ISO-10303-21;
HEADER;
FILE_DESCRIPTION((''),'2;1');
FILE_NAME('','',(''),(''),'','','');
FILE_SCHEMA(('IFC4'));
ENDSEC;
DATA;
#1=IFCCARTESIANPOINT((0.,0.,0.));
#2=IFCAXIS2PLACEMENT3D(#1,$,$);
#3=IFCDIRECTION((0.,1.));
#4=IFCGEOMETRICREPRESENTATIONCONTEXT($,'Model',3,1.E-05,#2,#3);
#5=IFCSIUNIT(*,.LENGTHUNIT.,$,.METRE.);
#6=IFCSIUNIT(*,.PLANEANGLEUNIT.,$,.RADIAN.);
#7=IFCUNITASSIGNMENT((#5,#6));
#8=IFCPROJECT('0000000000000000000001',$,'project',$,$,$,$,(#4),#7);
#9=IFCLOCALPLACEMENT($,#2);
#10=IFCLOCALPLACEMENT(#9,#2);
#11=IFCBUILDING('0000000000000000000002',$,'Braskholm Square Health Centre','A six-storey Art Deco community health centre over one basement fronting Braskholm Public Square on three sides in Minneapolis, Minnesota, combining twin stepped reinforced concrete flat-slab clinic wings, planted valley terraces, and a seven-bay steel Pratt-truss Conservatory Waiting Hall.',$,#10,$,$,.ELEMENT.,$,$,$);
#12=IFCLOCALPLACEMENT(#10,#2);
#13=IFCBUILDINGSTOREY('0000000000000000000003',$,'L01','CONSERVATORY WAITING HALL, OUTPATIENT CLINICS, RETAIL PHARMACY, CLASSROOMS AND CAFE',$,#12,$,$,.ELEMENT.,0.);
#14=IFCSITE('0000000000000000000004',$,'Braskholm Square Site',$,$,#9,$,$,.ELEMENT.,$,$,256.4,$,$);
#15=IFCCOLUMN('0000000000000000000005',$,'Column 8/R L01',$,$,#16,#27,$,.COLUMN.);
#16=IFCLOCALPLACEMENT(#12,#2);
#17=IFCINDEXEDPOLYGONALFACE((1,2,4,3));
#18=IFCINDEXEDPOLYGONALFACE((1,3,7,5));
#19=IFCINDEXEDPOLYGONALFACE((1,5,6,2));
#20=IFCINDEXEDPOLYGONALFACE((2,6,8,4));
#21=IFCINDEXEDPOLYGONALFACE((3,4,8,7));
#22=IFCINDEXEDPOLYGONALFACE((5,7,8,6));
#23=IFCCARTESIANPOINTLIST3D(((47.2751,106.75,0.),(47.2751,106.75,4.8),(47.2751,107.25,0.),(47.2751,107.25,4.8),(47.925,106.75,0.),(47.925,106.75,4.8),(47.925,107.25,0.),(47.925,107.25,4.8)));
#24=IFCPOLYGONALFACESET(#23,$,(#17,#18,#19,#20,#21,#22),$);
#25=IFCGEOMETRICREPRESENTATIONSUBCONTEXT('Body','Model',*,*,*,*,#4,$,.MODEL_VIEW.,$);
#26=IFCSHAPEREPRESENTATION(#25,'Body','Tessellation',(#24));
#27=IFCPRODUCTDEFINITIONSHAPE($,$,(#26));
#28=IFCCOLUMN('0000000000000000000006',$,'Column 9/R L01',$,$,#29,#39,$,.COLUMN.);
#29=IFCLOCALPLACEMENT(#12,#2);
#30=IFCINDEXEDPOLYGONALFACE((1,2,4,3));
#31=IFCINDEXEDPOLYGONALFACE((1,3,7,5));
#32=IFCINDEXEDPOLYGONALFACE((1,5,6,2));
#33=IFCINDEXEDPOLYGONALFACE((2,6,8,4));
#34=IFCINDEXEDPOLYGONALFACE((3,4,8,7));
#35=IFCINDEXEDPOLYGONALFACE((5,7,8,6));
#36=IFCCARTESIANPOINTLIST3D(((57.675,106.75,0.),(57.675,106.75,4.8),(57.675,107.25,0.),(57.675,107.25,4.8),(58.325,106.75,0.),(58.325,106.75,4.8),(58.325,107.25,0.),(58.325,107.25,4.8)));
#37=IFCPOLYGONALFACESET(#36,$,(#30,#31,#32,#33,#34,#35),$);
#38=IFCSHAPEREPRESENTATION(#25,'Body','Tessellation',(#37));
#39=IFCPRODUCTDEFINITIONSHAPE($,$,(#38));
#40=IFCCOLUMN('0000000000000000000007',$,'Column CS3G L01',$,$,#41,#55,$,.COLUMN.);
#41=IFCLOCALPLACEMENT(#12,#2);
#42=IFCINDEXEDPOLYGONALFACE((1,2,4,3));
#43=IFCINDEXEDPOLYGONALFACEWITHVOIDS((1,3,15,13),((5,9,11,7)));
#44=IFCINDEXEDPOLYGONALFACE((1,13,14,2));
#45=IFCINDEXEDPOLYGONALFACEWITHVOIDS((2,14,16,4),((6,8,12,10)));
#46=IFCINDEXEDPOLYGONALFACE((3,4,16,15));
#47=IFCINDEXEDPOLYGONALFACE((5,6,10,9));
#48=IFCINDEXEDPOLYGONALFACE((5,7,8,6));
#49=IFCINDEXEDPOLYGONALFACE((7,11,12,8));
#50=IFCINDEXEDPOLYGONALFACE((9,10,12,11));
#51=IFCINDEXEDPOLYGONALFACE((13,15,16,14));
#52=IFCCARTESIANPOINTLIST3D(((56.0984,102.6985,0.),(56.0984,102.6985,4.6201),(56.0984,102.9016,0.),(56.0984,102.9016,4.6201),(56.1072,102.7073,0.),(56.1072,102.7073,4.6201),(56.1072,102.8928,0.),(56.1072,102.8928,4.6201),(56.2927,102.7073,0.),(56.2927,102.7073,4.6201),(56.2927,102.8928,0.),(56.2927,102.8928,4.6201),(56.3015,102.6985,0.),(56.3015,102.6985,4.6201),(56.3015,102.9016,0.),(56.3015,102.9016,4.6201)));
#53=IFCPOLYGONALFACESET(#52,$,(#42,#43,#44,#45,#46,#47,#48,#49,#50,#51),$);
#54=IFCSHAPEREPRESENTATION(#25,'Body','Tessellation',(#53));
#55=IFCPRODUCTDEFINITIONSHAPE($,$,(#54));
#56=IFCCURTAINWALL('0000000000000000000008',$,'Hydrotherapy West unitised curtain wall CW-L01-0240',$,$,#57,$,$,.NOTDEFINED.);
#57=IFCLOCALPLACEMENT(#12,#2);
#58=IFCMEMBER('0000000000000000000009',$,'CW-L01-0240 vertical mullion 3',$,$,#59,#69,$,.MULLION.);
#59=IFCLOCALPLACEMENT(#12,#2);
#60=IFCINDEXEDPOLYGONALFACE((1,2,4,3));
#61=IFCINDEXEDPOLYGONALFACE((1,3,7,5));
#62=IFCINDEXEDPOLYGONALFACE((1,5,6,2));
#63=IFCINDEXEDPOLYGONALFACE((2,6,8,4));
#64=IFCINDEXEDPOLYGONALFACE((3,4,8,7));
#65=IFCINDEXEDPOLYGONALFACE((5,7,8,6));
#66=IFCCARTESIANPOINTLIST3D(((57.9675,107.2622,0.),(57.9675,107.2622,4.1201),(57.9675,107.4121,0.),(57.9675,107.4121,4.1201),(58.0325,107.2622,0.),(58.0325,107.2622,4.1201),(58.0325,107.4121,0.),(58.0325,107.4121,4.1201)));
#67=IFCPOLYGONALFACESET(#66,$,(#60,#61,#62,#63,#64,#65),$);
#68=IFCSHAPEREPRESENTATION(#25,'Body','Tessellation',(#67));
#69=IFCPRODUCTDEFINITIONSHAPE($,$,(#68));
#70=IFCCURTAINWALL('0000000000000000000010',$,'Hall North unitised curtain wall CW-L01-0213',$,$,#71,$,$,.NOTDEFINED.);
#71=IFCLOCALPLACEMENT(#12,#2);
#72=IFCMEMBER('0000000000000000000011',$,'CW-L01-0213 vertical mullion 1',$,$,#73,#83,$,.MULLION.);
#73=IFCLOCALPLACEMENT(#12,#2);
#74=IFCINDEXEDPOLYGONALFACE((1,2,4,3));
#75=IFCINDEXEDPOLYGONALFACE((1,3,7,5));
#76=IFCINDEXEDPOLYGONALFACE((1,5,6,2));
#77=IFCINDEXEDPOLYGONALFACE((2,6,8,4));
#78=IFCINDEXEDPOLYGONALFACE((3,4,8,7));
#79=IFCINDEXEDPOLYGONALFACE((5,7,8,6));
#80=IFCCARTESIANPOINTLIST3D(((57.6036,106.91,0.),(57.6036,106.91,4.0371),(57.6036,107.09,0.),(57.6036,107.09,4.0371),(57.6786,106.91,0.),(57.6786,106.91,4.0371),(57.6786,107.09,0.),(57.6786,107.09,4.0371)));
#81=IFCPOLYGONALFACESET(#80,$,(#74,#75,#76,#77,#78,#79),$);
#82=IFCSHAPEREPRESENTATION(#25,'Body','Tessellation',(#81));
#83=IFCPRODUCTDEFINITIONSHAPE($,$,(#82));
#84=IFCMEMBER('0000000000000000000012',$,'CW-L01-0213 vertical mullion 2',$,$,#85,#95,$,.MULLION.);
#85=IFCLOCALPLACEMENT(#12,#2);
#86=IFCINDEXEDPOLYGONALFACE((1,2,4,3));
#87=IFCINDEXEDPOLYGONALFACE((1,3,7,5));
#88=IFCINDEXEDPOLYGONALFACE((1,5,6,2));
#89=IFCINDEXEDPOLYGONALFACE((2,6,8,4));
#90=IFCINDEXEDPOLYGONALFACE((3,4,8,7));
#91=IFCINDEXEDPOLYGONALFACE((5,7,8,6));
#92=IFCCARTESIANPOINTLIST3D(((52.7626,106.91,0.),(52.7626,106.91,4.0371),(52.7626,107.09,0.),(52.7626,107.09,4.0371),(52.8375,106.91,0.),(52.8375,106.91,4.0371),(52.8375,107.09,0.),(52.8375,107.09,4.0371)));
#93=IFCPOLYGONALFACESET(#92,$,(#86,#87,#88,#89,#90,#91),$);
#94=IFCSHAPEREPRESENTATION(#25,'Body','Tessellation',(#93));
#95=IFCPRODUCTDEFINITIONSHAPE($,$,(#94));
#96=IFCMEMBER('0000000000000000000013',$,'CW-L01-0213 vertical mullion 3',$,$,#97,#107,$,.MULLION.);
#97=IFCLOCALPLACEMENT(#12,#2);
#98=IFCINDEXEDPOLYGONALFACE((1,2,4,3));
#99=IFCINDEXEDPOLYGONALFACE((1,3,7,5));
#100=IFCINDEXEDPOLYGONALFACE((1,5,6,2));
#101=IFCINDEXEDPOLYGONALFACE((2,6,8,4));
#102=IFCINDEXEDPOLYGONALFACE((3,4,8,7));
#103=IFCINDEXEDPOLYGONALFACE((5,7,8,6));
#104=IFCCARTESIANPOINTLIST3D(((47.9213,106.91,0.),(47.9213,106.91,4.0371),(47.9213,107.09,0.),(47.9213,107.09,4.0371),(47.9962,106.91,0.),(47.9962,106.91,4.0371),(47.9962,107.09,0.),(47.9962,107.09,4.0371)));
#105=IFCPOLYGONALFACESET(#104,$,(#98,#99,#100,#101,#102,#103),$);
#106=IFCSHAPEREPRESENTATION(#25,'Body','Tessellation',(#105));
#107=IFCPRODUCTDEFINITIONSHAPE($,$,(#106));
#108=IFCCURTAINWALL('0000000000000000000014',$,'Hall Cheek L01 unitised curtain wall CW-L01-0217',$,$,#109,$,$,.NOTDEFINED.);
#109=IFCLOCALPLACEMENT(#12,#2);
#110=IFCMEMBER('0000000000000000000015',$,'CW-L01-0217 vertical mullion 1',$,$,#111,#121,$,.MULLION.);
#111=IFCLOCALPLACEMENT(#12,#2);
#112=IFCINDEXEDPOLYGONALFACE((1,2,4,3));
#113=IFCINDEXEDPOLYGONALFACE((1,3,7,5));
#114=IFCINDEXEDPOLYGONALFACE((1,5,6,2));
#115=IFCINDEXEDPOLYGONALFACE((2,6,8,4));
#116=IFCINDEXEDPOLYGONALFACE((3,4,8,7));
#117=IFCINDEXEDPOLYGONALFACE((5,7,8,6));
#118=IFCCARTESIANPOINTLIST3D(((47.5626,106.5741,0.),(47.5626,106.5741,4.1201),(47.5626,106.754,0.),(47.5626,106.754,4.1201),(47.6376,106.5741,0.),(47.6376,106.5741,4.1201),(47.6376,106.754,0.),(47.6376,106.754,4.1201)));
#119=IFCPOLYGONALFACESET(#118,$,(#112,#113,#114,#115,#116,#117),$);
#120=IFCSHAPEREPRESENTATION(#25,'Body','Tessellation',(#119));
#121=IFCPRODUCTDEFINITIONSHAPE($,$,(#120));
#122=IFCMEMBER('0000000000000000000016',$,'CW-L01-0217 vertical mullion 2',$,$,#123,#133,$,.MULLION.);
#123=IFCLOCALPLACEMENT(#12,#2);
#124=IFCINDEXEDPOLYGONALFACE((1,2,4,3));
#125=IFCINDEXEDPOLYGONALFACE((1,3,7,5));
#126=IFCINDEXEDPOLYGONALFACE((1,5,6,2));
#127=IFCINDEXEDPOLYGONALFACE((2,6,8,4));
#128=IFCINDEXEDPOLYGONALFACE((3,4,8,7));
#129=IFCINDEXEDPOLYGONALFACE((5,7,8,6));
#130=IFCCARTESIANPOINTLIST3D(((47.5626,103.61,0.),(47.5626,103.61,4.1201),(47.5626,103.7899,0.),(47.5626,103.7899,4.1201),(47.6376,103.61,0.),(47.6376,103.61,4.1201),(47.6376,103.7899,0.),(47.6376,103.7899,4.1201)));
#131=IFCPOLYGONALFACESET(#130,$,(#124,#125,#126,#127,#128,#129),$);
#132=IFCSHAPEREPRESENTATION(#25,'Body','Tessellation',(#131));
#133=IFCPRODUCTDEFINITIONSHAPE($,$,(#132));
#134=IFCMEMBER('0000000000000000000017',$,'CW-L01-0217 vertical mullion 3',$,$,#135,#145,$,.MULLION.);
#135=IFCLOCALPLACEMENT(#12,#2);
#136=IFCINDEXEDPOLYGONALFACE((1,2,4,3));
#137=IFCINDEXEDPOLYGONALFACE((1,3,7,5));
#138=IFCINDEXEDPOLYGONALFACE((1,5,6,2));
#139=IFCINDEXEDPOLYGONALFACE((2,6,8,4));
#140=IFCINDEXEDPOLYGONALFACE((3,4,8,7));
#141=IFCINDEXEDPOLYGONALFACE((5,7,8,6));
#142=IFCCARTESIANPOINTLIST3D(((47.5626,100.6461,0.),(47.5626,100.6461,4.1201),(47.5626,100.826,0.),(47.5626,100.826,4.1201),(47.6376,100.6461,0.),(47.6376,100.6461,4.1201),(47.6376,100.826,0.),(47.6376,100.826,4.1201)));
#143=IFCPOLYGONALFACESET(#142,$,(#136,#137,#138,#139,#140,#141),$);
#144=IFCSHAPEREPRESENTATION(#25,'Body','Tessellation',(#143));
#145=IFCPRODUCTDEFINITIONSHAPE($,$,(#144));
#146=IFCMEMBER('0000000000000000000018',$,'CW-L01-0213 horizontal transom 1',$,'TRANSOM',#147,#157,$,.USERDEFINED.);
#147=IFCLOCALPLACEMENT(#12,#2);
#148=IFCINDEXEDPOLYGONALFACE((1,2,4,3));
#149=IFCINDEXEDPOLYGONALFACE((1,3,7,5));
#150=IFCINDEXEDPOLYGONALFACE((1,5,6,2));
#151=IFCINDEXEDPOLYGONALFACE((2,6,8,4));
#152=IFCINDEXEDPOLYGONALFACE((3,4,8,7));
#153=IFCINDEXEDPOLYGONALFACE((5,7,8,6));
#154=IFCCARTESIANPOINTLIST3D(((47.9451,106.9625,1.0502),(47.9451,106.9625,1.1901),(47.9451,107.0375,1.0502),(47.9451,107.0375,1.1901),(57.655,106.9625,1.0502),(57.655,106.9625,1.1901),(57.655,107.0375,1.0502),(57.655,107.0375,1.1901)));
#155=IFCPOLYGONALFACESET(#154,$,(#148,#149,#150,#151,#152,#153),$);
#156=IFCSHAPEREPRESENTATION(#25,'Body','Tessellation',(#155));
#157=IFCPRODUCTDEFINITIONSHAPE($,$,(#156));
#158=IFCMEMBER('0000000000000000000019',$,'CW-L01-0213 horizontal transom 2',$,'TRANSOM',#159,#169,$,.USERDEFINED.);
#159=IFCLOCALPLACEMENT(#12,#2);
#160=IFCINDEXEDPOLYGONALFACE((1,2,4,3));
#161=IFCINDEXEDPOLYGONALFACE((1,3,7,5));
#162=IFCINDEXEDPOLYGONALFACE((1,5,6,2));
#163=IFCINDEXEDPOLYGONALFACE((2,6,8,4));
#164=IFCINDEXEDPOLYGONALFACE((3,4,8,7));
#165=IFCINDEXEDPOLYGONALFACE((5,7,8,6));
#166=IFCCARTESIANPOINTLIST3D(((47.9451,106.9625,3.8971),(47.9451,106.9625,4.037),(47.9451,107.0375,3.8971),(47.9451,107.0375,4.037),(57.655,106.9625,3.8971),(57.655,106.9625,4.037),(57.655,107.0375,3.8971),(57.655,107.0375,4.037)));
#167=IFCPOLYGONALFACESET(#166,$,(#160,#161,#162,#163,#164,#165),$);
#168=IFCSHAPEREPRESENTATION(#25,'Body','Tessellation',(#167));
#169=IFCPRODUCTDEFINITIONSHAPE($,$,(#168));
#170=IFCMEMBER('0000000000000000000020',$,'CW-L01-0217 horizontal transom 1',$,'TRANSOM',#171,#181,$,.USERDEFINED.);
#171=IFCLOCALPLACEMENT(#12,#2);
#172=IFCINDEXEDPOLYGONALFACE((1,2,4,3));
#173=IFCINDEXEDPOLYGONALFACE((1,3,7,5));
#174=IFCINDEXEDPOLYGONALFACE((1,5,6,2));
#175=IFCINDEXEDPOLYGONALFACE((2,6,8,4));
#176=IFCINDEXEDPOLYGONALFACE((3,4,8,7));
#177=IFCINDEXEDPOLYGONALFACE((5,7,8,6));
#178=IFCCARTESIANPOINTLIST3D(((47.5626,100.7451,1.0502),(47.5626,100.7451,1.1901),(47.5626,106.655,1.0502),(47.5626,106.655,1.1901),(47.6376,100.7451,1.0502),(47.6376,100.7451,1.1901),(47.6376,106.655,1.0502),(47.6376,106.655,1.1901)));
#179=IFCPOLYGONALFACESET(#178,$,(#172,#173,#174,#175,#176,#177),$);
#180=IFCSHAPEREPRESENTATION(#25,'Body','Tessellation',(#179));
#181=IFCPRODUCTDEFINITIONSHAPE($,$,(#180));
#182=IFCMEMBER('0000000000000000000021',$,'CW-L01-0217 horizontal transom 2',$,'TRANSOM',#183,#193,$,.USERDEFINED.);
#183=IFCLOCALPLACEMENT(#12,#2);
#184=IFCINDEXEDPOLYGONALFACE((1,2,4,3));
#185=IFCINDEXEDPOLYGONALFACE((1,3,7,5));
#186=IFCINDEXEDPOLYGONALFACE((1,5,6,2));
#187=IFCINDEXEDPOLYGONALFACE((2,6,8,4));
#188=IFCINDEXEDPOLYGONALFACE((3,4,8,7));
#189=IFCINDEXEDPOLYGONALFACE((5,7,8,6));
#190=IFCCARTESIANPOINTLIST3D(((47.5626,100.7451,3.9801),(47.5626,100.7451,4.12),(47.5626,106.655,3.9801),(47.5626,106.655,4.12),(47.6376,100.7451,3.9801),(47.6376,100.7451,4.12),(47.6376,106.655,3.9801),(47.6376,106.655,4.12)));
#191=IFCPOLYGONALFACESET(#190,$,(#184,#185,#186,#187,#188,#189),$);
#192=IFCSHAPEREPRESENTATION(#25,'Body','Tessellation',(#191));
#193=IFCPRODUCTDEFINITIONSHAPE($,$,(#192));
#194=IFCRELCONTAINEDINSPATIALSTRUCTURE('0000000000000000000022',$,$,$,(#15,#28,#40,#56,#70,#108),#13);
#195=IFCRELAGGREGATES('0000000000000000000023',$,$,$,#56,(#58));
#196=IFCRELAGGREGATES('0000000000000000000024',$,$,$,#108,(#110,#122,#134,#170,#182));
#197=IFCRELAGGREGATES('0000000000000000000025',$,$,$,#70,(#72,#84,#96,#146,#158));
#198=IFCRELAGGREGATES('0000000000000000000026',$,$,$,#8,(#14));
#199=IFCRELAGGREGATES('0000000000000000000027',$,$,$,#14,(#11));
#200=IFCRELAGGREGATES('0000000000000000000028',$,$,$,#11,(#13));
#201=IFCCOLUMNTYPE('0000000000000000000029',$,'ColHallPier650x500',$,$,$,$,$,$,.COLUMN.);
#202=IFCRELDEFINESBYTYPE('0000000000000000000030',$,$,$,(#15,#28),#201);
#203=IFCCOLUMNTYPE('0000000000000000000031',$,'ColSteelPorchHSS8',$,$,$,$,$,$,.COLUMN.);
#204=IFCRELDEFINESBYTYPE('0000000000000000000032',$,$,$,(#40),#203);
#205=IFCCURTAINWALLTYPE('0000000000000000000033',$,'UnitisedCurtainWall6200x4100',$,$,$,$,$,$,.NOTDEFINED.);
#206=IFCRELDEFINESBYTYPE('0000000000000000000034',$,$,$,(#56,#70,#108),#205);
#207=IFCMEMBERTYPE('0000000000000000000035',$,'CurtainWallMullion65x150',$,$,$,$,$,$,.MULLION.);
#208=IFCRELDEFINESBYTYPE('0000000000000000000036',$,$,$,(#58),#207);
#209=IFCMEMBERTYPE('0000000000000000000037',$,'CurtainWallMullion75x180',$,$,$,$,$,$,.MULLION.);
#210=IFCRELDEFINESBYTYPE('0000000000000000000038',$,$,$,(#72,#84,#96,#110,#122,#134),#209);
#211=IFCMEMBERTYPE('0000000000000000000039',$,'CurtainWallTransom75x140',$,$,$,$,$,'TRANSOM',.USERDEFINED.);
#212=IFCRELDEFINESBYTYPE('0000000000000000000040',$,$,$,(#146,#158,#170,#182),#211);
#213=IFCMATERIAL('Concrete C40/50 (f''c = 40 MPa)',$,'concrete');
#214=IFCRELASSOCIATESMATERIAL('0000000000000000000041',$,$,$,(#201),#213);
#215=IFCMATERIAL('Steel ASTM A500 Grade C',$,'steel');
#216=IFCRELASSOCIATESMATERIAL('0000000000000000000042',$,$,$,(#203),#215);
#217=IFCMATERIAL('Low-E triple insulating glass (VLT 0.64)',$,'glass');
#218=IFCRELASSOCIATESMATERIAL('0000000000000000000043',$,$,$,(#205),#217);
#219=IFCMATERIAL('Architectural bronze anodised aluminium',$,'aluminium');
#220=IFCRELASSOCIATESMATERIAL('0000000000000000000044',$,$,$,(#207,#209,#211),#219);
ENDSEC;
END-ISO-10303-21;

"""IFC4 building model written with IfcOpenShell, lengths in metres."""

from ifc_helpers import new_model, si_unit, direction, frame, origin, origin_2d, place, context, subcontext, project, spatial, rectangle, hollow_rectangle, extrude, material, material_profile, profile_set, type_object, element, aggregate, save


model = new_model("IFC4")

# Units and contexts
model_context = context("Model", 3, precision=1e-05, world=origin(), true_north=direction((0.0, 1.0)))
body_context = subcontext(model_context, "Body", "Model", "MODEL_VIEW")
ifc_project = project(units=[si_unit("LENGTHUNIT", "METRE"), si_unit("PLANEANGLEUNIT", "RADIAN")], contexts=[model_context])

# Site, building, storey
site_placement = place(None, origin())
site = spatial("IfcSite", under=ifc_project, at=site_placement, Name="Braskholm Square Site", CompositionType="ELEMENT", RefElevation=256.4)
building_placement = place(site_placement, origin())
building = spatial("IfcBuilding", under=site, at=building_placement, Name="Braskholm Square Health Centre", Description="A six-storey Art Deco community health centre over one basement fronting Braskholm Public Square on three sides in Minneapolis, Minnesota, combining twin stepped reinforced concrete flat-slab clinic wings, planted valley terraces, and a seven-bay steel Pratt-truss Conservatory Waiting Hall.", CompositionType="ELEMENT")
storey_placement = place(building_placement, origin())
storey = spatial("IfcBuildingStorey", under=building, at=storey_placement, Name="L01", Description="CONSERVATORY WAITING HALL, OUTPATIENT CLINICS, RETAIL PHARMACY, CLASSROOMS AND CAFE", CompositionType="ELEMENT", Elevation=0.0)

# Columns
ifc_material_1 = material(Name="Concrete C40/50 (f'c = 40 MPa)", Category="concrete")
ifc_material_profile_1 = material_profile(ifc_material_1, rectangle(XDim=0.6499, YDim=0.5, at=origin_2d()), Name="RC-650X500")
ifc_profile_set_1 = profile_set([ifc_material_profile_1], Name="Concrete C40/50 (f'c = 40 MPa)")
column_type_1 = type_object("IfcColumnType", Name="ColHallPier650x500", PredefinedType="COLUMN", material=ifc_profile_set_1)
for number, where, z_axis, x_axis, name in (
    (1, (47.6001, 107.0, 0.0), (0.0, 0.0, 1.0), (1.0, 0.0, 0.0), "Column 8/R L01"),
    (2, (58.0, 107.0, 0.0), (0.0, 0.0, 1.0), (1.0, 0.0, 0.0), "Column 9/R L01"),
):
    element("IfcColumn", number, at=place(storey_placement, frame(where, z_axis=z_axis, x_axis=x_axis)), inside=storey, type_object=column_type_1, Name=name, PredefinedType="COLUMN", context=body_context, shape_type="SweptSolid", body=[
        extrude(rectangle(XDim=0.6499, YDim=0.5, at=origin_2d()), origin(), (0.0, 0.0, 1.0), 4.8),
    ])
ifc_material_2 = material(Name="Steel ASTM A500 Grade C", Category="steel")
ifc_material_profile_2 = material_profile(ifc_material_2, hollow_rectangle(XDim=0.2031, YDim=0.2031, WallThickness=0.0088, at=origin_2d()), Name="HSS8X8X3/8")
ifc_profile_set_2 = profile_set([ifc_material_profile_2], Name="Steel ASTM A500 Grade C")
column_type_2 = type_object("IfcColumnType", Name="ColSteelPorchHSS8", PredefinedType="COLUMN", material=ifc_profile_set_2)
column_placement = place(storey_placement, frame((56.2, 102.8, 0.0), z_axis=(0.0, 0.0, 1.0), x_axis=(1.0, 0.0, 0.0)))
element("IfcColumn", 3, at=column_placement, inside=storey, type_object=column_type_2, Name="Column CS3G L01", PredefinedType="COLUMN", context=body_context, shape_type="SweptSolid", body=[
    extrude(hollow_rectangle(XDim=0.2031, YDim=0.2031, WallThickness=0.0088, at=origin_2d()), origin(), (0.0, 0.0, 1.0), 4.6201),
])

# Curtain wall, member
ifc_material_3 = material(Name="Low-E triple insulating glass (VLT 0.64)", Category="glass")
curtain_wall_type = type_object("IfcCurtainWallType", Name="UnitisedCurtainWall6200x4100", PredefinedType="NOTDEFINED", material=ifc_material_3)
curtain_wall_1_placement = place(storey_placement, origin())
curtain_wall_1 = element("IfcCurtainWall", 4, at=curtain_wall_1_placement, inside=storey, type_object=curtain_wall_type, Name="Hydrotherapy West unitised curtain wall CW-L01-0240", PredefinedType="NOTDEFINED")
ifc_material_4 = material(Name="Architectural bronze anodised aluminium", Category="aluminium")
ifc_material_profile_3 = material_profile(ifc_material_4, rectangle(XDim=0.0649, YDim=0.1499, at=origin_2d()), Name="ALU-65X150")
ifc_profile_set_3 = profile_set([ifc_material_profile_3], Name="Architectural bronze anodised aluminium")
member_type_1 = type_object("IfcMemberType", Name="CurtainWallMullion65x150", PredefinedType="MULLION", material=ifc_profile_set_3)
member_1_placement = place(storey_placement, frame((58.0, 107.3372, 0.0), z_axis=(0.0, 0.0, 1.0), x_axis=(1.0, 0.0, 0.0)))
member_1 = element("IfcMember", 5, at=member_1_placement, type_object=member_type_1, Name="CW-L01-0240 vertical mullion 3", PredefinedType="MULLION", context=body_context, shape_type="SweptSolid", body=[
    extrude(rectangle(XDim=0.0649, YDim=0.1499, at=origin_2d()), origin(), (0.0, 0.0, 1.0), 4.1201),
])

# Curtain walls, members
curtain_wall_2_placement = place(storey_placement, origin())
curtain_wall_2 = element("IfcCurtainWall", 6, at=curtain_wall_2_placement, inside=storey, type_object=curtain_wall_type, Name="Hall North unitised curtain wall CW-L01-0213", PredefinedType="NOTDEFINED")
ifc_material_profile_4 = material_profile(ifc_material_4, rectangle(XDim=0.075, YDim=0.1799, at=origin_2d()), Name="ALU-75X180")
ifc_profile_set_4 = profile_set([ifc_material_profile_4], Name="Architectural bronze anodised aluminium")
member_type_2 = type_object("IfcMemberType", Name="CurtainWallMullion75x180", PredefinedType="MULLION", material=ifc_profile_set_4)
member_2_placement = place(storey_placement, frame((57.6411, 107.0, 0.0), z_axis=(0.0, 0.0, 1.0), x_axis=(1.0, 0.0, 0.0)))
member_2 = element("IfcMember", 7, at=member_2_placement, type_object=member_type_2, Name="CW-L01-0213 vertical mullion 1", PredefinedType="MULLION", context=body_context, shape_type="SweptSolid", body=[
    extrude(rectangle(XDim=0.075, YDim=0.1799, at=origin_2d()), origin(), (0.0, 0.0, 1.0), 4.0371),
])
member_3_placement = place(storey_placement, frame((52.8, 107.0, 0.0), z_axis=(0.0, 0.0, 1.0), x_axis=(1.0, 0.0, 0.0)))
member_3 = element("IfcMember", 8, at=member_3_placement, type_object=member_type_2, Name="CW-L01-0213 vertical mullion 2", PredefinedType="MULLION", context=body_context, shape_type="SweptSolid", body=[
    extrude(rectangle(XDim=0.075, YDim=0.1799, at=origin_2d()), origin(), (0.0, 0.0, 1.0), 4.0371),
])
member_4_placement = place(storey_placement, frame((47.9587, 107.0, 0.0), z_axis=(0.0, 0.0, 1.0), x_axis=(1.0, 0.0, 0.0)))
member_4 = element("IfcMember", 9, at=member_4_placement, type_object=member_type_2, Name="CW-L01-0213 vertical mullion 3", PredefinedType="MULLION", context=body_context, shape_type="SweptSolid", body=[
    extrude(rectangle(XDim=0.075, YDim=0.1799, at=origin_2d()), origin(), (0.0, 0.0, 1.0), 4.0371),
])
curtain_wall_3_placement = place(storey_placement, origin())
curtain_wall_3 = element("IfcCurtainWall", 10, at=curtain_wall_3_placement, inside=storey, type_object=curtain_wall_type, Name="Hall Cheek L01 unitised curtain wall CW-L01-0217", PredefinedType="NOTDEFINED")
member_5_placement = place(storey_placement, frame((47.6001, 106.6641, 0.0), z_axis=(0.0, 0.0, 1.0), x_axis=(1.0, 0.0, 0.0)))
member_5 = element("IfcMember", 11, at=member_5_placement, type_object=member_type_2, Name="CW-L01-0217 vertical mullion 1", PredefinedType="MULLION", context=body_context, shape_type="SweptSolid", body=[
    extrude(rectangle(XDim=0.075, YDim=0.1799, at=origin_2d()), origin(), (0.0, 0.0, 1.0), 4.1201),
])
member_6_placement = place(storey_placement, frame((47.6001, 103.7, 0.0), z_axis=(0.0, 0.0, 1.0), x_axis=(1.0, 0.0, 0.0)))
member_6 = element("IfcMember", 12, at=member_6_placement, type_object=member_type_2, Name="CW-L01-0217 vertical mullion 2", PredefinedType="MULLION", context=body_context, shape_type="SweptSolid", body=[
    extrude(rectangle(XDim=0.075, YDim=0.1799, at=origin_2d()), origin(), (0.0, 0.0, 1.0), 4.1201),
])
member_7_placement = place(storey_placement, frame((47.6001, 100.7361, 0.0), z_axis=(0.0, 0.0, 1.0), x_axis=(1.0, 0.0, 0.0)))
member_7 = element("IfcMember", 13, at=member_7_placement, type_object=member_type_2, Name="CW-L01-0217 vertical mullion 3", PredefinedType="MULLION", context=body_context, shape_type="SweptSolid", body=[
    extrude(rectangle(XDim=0.075, YDim=0.1799, at=origin_2d()), origin(), (0.0, 0.0, 1.0), 4.1201),
])

# Members
ifc_material_profile_5 = material_profile(ifc_material_4, rectangle(XDim=0.075, YDim=0.1399, at=origin_2d()), Name="ALU-75X140")
ifc_profile_set_5 = profile_set([ifc_material_profile_5], Name="Architectural bronze anodised aluminium")
member_type_3 = type_object("IfcMemberType", Name="CurtainWallTransom75x140", ElementType="TRANSOM", PredefinedType="USERDEFINED", material=ifc_profile_set_5)
member_8_placement = place(storey_placement, frame((57.655, 107.0, 1.1201), z_axis=(-1.0, 0.0, 0.0), x_axis=(0.0, -1.0, 0.0)))
member_8 = element("IfcMember", 14, at=member_8_placement, type_object=member_type_3, Name="CW-L01-0213 horizontal transom 1", ObjectType="TRANSOM", PredefinedType="USERDEFINED", context=body_context, shape_type="SweptSolid", body=[
    extrude(rectangle(XDim=0.075, YDim=0.1399, at=origin_2d()), origin(), (0.0, 0.0, 1.0), 9.71),
])
member_9_placement = place(storey_placement, frame((57.655, 107.0, 3.967), z_axis=(-1.0, 0.0, 0.0), x_axis=(0.0, -1.0, 0.0)))
member_9 = element("IfcMember", 15, at=member_9_placement, type_object=member_type_3, Name="CW-L01-0213 horizontal transom 2", ObjectType="TRANSOM", PredefinedType="USERDEFINED", context=body_context, shape_type="SweptSolid", body=[
    extrude(rectangle(XDim=0.075, YDim=0.1399, at=origin_2d()), origin(), (0.0, 0.0, 1.0), 9.71),
])
member_10_placement = place(storey_placement, frame((47.6001, 106.655, 1.1201), z_axis=(0.0, -1.0, 0.0), x_axis=(1.0, 0.0, 0.0)))
member_10 = element("IfcMember", 16, at=member_10_placement, type_object=member_type_3, Name="CW-L01-0217 horizontal transom 1", ObjectType="TRANSOM", PredefinedType="USERDEFINED", context=body_context, shape_type="SweptSolid", body=[
    extrude(rectangle(XDim=0.075, YDim=0.1399, at=origin_2d()), origin(), (0.0, 0.0, 1.0), 5.9099),
])
member_11_placement = place(storey_placement, frame((47.6001, 106.655, 4.05), z_axis=(0.0, -1.0, 0.0), x_axis=(1.0, 0.0, 0.0)))
member_11 = element("IfcMember", 17, at=member_11_placement, type_object=member_type_3, Name="CW-L01-0217 horizontal transom 2", ObjectType="TRANSOM", PredefinedType="USERDEFINED", context=body_context, shape_type="SweptSolid", body=[
    extrude(rectangle(XDim=0.075, YDim=0.1399, at=origin_2d()), origin(), (0.0, 0.0, 1.0), 5.9099),
])

aggregate(curtain_wall_1, [member_1])
aggregate(curtain_wall_3, [member_5, member_6, member_7, member_10, member_11])
aggregate(curtain_wall_2, [member_2, member_3, member_4, member_8, member_9])

save(model, "model.ifc")
